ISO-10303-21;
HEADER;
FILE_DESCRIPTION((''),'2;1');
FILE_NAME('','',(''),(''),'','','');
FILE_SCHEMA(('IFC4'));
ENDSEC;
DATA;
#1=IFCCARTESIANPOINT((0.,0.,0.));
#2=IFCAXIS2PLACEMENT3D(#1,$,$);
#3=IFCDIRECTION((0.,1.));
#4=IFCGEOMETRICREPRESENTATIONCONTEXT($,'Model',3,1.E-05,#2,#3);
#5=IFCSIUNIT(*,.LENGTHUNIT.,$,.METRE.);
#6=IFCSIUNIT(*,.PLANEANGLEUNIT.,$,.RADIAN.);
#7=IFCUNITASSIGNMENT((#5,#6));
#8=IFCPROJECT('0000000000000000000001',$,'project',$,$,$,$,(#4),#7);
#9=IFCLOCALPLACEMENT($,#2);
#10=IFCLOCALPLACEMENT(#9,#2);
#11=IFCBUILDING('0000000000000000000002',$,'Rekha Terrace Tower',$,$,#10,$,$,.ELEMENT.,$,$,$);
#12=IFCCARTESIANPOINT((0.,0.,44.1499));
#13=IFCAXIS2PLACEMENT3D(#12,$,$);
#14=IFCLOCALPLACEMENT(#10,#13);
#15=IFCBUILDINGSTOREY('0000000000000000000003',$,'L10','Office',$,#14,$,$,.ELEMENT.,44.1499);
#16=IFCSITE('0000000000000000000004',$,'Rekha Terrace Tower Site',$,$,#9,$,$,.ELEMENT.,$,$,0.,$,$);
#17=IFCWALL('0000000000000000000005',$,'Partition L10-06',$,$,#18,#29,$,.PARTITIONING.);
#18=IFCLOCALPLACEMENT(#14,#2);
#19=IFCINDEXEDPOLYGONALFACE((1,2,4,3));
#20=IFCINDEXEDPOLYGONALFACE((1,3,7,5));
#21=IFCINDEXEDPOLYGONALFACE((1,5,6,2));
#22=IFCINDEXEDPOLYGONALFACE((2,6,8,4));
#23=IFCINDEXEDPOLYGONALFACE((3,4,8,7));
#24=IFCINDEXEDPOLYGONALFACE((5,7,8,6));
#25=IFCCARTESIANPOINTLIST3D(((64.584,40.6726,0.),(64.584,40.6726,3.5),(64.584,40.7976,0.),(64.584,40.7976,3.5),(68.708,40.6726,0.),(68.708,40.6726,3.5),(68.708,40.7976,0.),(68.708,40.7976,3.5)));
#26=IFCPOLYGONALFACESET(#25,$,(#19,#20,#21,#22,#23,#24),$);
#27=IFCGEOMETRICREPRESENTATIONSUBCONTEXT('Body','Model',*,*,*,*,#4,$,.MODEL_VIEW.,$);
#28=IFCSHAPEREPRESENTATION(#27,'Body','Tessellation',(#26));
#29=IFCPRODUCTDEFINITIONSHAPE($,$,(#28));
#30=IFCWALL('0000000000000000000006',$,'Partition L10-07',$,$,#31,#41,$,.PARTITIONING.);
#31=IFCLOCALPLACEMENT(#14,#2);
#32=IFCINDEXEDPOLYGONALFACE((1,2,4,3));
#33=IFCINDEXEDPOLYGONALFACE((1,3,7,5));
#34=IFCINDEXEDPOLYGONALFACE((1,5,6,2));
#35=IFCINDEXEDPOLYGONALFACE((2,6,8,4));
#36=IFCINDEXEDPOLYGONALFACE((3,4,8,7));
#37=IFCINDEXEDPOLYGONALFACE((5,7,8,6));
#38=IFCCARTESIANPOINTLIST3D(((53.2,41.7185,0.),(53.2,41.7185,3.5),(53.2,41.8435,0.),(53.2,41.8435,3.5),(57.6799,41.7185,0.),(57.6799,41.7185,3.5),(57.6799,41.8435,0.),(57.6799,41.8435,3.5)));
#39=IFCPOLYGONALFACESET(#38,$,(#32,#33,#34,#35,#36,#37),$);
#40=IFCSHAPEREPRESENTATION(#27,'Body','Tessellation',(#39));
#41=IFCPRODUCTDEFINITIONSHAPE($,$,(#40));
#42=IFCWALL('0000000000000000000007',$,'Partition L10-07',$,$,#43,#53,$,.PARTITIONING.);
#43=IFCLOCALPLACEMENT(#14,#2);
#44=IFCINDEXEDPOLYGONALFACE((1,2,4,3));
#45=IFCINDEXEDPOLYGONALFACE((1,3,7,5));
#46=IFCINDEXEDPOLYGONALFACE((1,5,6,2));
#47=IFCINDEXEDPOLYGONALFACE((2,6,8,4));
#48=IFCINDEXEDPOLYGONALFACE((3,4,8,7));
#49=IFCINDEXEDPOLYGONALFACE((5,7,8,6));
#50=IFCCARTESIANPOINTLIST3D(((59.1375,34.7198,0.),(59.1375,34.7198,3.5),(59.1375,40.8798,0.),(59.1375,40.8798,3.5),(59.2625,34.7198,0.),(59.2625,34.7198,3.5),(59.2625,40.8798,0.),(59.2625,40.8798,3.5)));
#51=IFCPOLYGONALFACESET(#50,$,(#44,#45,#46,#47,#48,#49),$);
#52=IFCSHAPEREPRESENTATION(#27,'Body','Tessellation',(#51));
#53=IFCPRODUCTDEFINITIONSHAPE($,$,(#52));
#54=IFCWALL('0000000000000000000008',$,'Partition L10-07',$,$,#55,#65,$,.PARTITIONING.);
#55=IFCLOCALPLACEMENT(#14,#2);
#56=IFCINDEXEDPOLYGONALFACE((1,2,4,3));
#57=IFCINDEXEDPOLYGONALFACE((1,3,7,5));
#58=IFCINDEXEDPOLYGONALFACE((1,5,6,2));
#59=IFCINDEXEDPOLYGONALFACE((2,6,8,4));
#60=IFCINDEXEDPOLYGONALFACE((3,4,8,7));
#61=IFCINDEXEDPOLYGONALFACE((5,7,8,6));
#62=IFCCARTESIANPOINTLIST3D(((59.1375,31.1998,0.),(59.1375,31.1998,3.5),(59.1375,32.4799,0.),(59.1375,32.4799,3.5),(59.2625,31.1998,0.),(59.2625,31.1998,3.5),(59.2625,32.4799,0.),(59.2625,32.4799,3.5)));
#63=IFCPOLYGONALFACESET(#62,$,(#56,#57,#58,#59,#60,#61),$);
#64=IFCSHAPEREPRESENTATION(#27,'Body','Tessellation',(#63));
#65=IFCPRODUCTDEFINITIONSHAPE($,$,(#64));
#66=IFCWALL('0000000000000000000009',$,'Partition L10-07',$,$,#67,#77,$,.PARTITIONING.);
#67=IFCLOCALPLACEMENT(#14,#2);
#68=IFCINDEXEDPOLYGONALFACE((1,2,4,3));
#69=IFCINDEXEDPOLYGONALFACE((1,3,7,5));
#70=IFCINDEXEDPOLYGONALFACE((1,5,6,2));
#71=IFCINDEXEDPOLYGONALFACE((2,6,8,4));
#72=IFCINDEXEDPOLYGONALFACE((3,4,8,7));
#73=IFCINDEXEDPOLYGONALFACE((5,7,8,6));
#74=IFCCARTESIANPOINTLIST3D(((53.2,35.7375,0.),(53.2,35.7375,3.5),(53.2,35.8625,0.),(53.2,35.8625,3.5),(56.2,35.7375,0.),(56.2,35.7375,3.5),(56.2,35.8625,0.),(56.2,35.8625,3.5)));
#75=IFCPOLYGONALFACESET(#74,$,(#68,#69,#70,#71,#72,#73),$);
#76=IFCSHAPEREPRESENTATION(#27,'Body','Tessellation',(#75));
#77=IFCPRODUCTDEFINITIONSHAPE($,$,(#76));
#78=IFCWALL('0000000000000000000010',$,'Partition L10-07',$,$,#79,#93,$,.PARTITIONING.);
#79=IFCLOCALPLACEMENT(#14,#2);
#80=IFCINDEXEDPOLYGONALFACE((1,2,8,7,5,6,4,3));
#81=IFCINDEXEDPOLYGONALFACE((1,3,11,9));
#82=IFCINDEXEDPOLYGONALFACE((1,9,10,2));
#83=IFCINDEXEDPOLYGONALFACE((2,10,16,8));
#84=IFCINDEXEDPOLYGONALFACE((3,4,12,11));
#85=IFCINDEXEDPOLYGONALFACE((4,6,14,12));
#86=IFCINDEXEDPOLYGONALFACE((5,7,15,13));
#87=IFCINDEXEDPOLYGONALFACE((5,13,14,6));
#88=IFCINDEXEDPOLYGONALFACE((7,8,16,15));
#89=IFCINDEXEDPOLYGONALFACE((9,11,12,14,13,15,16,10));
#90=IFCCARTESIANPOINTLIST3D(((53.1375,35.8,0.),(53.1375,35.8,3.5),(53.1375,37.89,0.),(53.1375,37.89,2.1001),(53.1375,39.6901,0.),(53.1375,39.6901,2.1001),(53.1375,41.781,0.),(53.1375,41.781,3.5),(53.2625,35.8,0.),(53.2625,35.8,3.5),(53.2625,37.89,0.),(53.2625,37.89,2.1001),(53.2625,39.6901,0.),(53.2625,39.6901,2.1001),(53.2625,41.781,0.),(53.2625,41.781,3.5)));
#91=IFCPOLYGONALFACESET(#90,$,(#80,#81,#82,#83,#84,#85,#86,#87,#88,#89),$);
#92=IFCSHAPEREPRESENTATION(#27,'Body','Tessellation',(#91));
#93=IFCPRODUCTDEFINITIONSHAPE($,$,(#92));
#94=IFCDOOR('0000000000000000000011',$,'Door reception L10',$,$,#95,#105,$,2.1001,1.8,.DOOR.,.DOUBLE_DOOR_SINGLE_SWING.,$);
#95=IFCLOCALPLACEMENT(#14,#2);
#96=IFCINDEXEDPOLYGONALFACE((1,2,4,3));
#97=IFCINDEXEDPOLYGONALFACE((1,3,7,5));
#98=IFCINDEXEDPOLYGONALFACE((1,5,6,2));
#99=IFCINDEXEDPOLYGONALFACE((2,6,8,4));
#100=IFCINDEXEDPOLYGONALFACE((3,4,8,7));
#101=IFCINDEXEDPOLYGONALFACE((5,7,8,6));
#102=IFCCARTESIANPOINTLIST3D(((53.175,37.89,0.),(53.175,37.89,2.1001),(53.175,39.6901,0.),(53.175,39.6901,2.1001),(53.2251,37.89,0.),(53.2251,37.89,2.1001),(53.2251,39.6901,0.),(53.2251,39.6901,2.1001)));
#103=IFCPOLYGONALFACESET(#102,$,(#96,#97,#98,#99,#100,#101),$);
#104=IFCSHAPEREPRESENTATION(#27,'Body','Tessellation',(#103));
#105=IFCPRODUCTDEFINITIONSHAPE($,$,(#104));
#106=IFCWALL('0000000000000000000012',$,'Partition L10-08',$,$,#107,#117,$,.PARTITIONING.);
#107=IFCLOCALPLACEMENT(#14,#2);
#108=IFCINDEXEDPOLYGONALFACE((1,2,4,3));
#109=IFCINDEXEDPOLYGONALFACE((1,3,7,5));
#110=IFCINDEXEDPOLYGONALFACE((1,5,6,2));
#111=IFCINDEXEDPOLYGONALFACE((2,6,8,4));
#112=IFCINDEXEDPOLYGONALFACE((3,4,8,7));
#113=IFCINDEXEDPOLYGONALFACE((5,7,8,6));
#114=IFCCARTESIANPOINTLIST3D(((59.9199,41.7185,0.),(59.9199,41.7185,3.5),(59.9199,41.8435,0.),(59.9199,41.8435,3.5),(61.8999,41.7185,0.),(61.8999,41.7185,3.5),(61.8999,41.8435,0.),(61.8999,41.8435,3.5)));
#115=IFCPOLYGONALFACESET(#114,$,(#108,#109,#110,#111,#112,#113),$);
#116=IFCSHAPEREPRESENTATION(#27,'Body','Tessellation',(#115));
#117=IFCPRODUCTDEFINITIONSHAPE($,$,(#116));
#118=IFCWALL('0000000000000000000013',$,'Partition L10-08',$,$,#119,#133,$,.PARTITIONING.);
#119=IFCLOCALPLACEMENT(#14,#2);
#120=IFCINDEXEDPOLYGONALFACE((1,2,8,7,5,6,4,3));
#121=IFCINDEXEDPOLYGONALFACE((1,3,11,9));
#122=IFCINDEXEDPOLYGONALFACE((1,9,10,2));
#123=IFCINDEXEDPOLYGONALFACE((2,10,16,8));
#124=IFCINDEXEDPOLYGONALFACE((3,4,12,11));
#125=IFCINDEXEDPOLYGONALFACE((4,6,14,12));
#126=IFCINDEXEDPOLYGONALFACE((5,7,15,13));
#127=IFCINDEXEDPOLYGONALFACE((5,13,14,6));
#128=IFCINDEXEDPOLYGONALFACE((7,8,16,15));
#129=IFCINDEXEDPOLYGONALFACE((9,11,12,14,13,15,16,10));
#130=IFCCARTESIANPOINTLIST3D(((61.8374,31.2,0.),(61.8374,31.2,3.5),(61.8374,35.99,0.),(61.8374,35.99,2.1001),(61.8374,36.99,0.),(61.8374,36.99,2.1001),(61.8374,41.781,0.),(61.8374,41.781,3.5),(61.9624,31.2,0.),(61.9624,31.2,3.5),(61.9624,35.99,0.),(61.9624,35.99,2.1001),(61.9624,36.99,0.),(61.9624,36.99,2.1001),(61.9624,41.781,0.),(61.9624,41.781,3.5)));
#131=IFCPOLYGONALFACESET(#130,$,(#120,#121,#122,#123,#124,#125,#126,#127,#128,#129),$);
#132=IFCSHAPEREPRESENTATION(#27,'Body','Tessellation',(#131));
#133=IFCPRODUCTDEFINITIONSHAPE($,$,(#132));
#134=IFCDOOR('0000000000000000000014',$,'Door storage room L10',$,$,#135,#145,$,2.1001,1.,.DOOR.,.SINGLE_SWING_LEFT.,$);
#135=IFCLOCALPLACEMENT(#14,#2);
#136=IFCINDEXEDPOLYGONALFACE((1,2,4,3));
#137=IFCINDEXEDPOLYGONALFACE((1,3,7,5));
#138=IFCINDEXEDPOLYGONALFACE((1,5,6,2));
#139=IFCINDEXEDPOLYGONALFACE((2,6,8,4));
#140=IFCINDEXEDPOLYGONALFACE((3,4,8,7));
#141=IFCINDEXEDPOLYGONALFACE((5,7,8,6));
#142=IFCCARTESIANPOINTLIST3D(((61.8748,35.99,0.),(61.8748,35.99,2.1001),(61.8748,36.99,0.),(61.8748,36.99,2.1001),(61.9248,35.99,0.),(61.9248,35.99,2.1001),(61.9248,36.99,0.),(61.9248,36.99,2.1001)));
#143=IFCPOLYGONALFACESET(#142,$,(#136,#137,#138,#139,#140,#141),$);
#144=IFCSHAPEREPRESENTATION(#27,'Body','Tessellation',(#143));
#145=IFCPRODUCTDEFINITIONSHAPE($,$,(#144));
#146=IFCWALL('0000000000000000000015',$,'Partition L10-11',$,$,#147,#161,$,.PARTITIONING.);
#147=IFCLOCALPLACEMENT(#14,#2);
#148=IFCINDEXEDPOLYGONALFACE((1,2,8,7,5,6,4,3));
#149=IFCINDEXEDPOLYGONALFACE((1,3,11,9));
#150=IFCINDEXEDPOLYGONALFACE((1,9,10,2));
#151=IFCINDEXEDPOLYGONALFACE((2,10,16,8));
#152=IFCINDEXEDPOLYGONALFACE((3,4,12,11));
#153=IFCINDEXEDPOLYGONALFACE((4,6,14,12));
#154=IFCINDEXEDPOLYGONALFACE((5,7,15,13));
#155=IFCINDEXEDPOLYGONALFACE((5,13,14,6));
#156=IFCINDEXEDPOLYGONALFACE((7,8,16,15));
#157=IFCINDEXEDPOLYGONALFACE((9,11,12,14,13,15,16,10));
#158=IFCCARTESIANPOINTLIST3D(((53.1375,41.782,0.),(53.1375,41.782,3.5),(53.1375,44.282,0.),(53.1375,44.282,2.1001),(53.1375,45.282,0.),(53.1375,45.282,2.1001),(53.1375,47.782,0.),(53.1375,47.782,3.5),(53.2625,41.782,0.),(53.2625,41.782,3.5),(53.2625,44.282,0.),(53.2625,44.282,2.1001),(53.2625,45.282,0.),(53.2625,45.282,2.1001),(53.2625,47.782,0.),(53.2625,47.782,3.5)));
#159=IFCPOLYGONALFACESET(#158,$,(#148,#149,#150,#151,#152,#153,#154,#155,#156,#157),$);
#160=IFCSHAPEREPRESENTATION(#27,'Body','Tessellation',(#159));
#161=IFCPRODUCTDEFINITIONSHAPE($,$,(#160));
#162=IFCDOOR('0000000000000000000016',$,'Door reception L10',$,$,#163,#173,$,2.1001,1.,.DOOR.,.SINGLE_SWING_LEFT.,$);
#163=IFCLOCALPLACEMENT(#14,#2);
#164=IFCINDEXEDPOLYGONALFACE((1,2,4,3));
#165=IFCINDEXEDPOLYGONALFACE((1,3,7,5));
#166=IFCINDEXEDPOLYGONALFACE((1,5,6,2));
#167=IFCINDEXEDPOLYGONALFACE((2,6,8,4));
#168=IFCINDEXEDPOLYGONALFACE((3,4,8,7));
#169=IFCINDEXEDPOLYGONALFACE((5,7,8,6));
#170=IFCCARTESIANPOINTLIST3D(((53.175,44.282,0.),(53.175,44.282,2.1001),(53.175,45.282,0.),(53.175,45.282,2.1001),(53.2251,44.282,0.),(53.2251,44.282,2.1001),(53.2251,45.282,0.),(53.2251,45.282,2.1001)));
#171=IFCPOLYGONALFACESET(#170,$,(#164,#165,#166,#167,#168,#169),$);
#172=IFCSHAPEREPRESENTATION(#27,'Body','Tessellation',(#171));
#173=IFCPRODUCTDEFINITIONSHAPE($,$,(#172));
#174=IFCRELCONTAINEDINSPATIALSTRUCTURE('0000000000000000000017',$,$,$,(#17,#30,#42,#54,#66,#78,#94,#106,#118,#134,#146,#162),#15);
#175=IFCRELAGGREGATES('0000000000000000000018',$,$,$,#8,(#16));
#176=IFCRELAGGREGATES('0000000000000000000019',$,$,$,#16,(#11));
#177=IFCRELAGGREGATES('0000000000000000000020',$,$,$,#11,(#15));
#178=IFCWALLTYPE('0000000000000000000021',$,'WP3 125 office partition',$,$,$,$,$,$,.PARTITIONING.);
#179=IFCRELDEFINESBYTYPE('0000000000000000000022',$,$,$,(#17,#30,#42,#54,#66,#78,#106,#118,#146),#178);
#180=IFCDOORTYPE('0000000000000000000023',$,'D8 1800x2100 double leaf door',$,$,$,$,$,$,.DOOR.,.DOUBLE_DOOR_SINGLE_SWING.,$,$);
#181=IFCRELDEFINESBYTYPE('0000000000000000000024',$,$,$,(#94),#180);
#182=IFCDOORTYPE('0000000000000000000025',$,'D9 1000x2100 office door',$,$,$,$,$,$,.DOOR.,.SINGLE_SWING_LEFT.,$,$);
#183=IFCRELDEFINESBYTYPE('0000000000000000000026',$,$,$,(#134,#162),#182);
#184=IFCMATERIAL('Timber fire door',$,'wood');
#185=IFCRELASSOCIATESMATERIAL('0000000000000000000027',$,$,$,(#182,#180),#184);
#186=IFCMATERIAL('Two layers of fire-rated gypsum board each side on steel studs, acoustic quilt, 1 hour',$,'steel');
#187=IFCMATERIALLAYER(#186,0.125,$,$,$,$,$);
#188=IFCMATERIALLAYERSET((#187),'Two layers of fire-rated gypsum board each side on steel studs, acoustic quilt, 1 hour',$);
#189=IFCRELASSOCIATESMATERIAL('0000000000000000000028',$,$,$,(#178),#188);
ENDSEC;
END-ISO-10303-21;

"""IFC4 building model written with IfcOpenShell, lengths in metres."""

from ifc_helpers import new_model, si_unit, direction, frame, frame_2d, origin, place, context, subcontext, project, spatial, rectangle, extrude, material, layer, layer_set, type_object, element, fill, save


model = new_model("IFC4")

# Units and contexts
model_context = context("Model", 3, precision=1e-05, world=origin(), true_north=direction((0.0, 1.0)))
body_context = subcontext(model_context, "Body", "Model", "MODEL_VIEW")
ifc_project = project(units=[si_unit("LENGTHUNIT", "METRE"), si_unit("PLANEANGLEUNIT", "RADIAN")], contexts=[model_context])

# Site, building, storey
site_placement = place(None, origin())
site = spatial("IfcSite", under=ifc_project, at=site_placement, Name="Rekha Terrace Tower Site", CompositionType="ELEMENT", RefElevation=0.0)
building_placement = place(site_placement, origin())
building = spatial("IfcBuilding", under=site, at=building_placement, Name="Rekha Terrace Tower", CompositionType="ELEMENT")
storey_placement = place(building_placement, frame((0.0, 0.0, 44.1499)))
storey = spatial("IfcBuildingStorey", under=building, at=storey_placement, Name="L10", Description="Office", CompositionType="ELEMENT", Elevation=44.1499)

# Shared definitions
ifc_material_1 = material(Name="Timber fire door", Category="wood")
door_type_1 = type_object("IfcDoorType", Name="D9 1000x2100 office door", OperationType="SINGLE_SWING_LEFT", PredefinedType="DOOR", material=ifc_material_1)

# Walls
ifc_material_2 = material(Name="Two layers of fire-rated gypsum board each side on steel studs, acoustic quilt, 1 hour", Category="steel")
ifc_layer_1 = layer(ifc_material_2, 0.125)
ifc_layer_set_1 = layer_set([ifc_layer_1], Name="Two layers of fire-rated gypsum board each side on steel studs, acoustic quilt, 1 hour")
wall_type_1 = type_object("IfcWallType", Name="WP3 125 office partition", PredefinedType="PARTITIONING", material=ifc_layer_set_1)
wall_1_placement = place(storey_placement, frame((64.584, 40.7351, 0.0), z_axis=(0.0, 0.0, 1.0), x_axis=(1.0, 0.0, 0.0)))
element("IfcWall", 1, at=wall_1_placement, inside=storey, type_object=wall_type_1, Name="Partition L10-06", PredefinedType="PARTITIONING", context=body_context, shape_type="SweptSolid", body=[
    extrude(rectangle(XDim=4.124, YDim=0.125, at=frame_2d((2.062, 0.0))), origin(), (0.0, 0.0, 1.0), 3.5),
])
wall_2_placement = place(storey_placement, frame((53.2, 41.781, 0.0), z_axis=(0.0, 0.0, 1.0), x_axis=(1.0, 0.0, 0.0)))
element("IfcWall", 2, at=wall_2_placement, inside=storey, type_object=wall_type_1, Name="Partition L10-07", PredefinedType="PARTITIONING", context=body_context, shape_type="SweptSolid", body=[
    extrude(rectangle(XDim=4.48, YDim=0.125, at=frame_2d((2.24, 0.0))), origin(), (0.0, 0.0, 1.0), 3.5),
])
wall_3_placement = place(storey_placement, frame((59.2, 40.8799, 0.0), z_axis=(0.0, 0.0, 1.0), x_axis=(0.0, -1.0, 0.0)))
element("IfcWall", 3, at=wall_3_placement, inside=storey, type_object=wall_type_1, Name="Partition L10-07", PredefinedType="PARTITIONING", context=body_context, shape_type="SweptSolid", body=[
    extrude(rectangle(XDim=6.1599, YDim=0.125, at=frame_2d((3.0801, 0.0))), origin(), (0.0, 0.0, 1.0), 3.5),
])
wall_4_placement = place(storey_placement, frame((59.2, 32.48, 0.0), z_axis=(0.0, 0.0, 1.0), x_axis=(0.0, -1.0, 0.0)))
element("IfcWall", 4, at=wall_4_placement, inside=storey, type_object=wall_type_1, Name="Partition L10-07", PredefinedType="PARTITIONING", context=body_context, shape_type="SweptSolid", body=[
    extrude(rectangle(XDim=1.28, YDim=0.125, at=frame_2d((0.6401, 0.0))), origin(), (0.0, 0.0, 1.0), 3.5),
])
wall_5_placement = place(storey_placement, frame((56.2, 35.8, 0.0), z_axis=(0.0, 0.0, 1.0), x_axis=(-1.0, 0.0, 0.0)))
element("IfcWall", 5, at=wall_5_placement, inside=storey, type_object=wall_type_1, Name="Partition L10-07", PredefinedType="PARTITIONING", context=body_context, shape_type="SweptSolid", body=[
    extrude(rectangle(XDim=3.0, YDim=0.125, at=frame_2d((1.5, 0.0))), origin(), (0.0, 0.0, 1.0), 3.5),
])

# Wall, opening, door
wall_6_placement = place(storey_placement, frame((53.2, 35.8, 0.0), z_axis=(0.0, 0.0, 1.0), x_axis=(0.0, 1.0, 0.0)))
wall_6 = element("IfcWall", 6, at=wall_6_placement, inside=storey, type_object=wall_type_1, Name="Partition L10-07", PredefinedType="PARTITIONING", context=body_context, shape_type="SweptSolid", body=[
    extrude(rectangle(XDim=5.981, YDim=0.125, at=frame_2d((2.9905, 0.0))), origin(), (0.0, 0.0, 1.0), 3.5),
])
opening_1_placement = place(wall_6_placement, frame((2.0901, 0.0, 0.0)))
opening_1 = element("IfcOpeningElement", 7, at=opening_1_placement, cuts=wall_6, PredefinedType="OPENING", context=body_context, shape_type="SweptSolid", body=[
    extrude(rectangle(XDim=1.8, YDim=2.1001, at=frame_2d((0.8999, 1.05))), frame((0.0, 0.0725, 0.0), z_axis=(0.0, -1.0, 0.0), x_axis=(1.0, 0.0, 0.0)), (0.0, 0.0, 1.0), 0.145),
])
door_type_2 = type_object("IfcDoorType", Name="D8 1800x2100 double leaf door", OperationType="DOUBLE_DOOR_SINGLE_SWING", PredefinedType="DOOR", material=ifc_material_1)
door_1_placement = place(opening_1_placement, origin())
door_1 = element("IfcDoor", 8, at=door_1_placement, inside=storey, type_object=door_type_2, Name="Door reception L10", OperationType="DOUBLE_DOOR_SINGLE_SWING", OverallHeight=2.1001, OverallWidth=1.8, PredefinedType="DOOR", context=body_context, shape_type="SweptSolid", body=[
    extrude(rectangle(XDim=1.8, YDim=2.1001, at=frame_2d((0.8999, 1.05))), frame((0.0, 0.0249, 0.0), z_axis=(0.0, -1.0, 0.0), x_axis=(1.0, 0.0, 0.0)), (0.0, 0.0, 1.0), 0.05),
])
fill(opening_1, door_1)

# Wall
wall_7_placement = place(storey_placement, frame((59.9199, 41.781, 0.0), z_axis=(0.0, 0.0, 1.0), x_axis=(1.0, 0.0, 0.0)))
element("IfcWall", 9, at=wall_7_placement, inside=storey, type_object=wall_type_1, Name="Partition L10-08", PredefinedType="PARTITIONING", context=body_context, shape_type="SweptSolid", body=[
    extrude(rectangle(XDim=1.98, YDim=0.125, at=frame_2d((0.99, 0.0))), origin(), (0.0, 0.0, 1.0), 3.5),
])

# Walls, openings, doors
wall_8_placement = place(storey_placement, frame((61.8999, 41.781, 0.0), z_axis=(0.0, 0.0, 1.0), x_axis=(0.0, -1.0, 0.0)))
wall_8 = element("IfcWall", 10, at=wall_8_placement, inside=storey, type_object=wall_type_1, Name="Partition L10-08", PredefinedType="PARTITIONING", context=body_context, shape_type="SweptSolid", body=[
    extrude(rectangle(XDim=10.5811, YDim=0.125, at=frame_2d((5.2905, 0.0))), origin(), (0.0, 0.0, 1.0), 3.5),
])
opening_2_placement = place(wall_8_placement, frame((4.791, 0.0, 0.0)))
opening_2 = element("IfcOpeningElement", 11, at=opening_2_placement, cuts=wall_8, PredefinedType="OPENING", context=body_context, shape_type="SweptSolid", body=[
    extrude(rectangle(XDim=1.0, YDim=2.1001, at=frame_2d((0.5, 1.05))), frame((0.0, 0.0725, 0.0), z_axis=(0.0, -1.0, 0.0), x_axis=(1.0, 0.0, 0.0)), (0.0, 0.0, 1.0), 0.145),
])
door_2_placement = place(opening_2_placement, origin())
door_2 = element("IfcDoor", 12, at=door_2_placement, inside=storey, type_object=door_type_1, Name="Door storage room L10", OperationType="SINGLE_SWING_LEFT", OverallHeight=2.1001, OverallWidth=1.0, PredefinedType="DOOR", context=body_context, shape_type="SweptSolid", body=[
    extrude(rectangle(XDim=1.0, YDim=2.1001, at=frame_2d((0.5, 1.05))), frame((0.0, 0.0249, 0.0), z_axis=(0.0, -1.0, 0.0), x_axis=(1.0, 0.0, 0.0)), (0.0, 0.0, 1.0), 0.05),
])
fill(opening_2, door_2)
wall_9_placement = place(storey_placement, frame((53.2, 41.782, 0.0), z_axis=(0.0, 0.0, 1.0), x_axis=(0.0, 1.0, 0.0)))
wall_9 = element("IfcWall", 13, at=wall_9_placement, inside=storey, type_object=wall_type_1, Name="Partition L10-11", PredefinedType="PARTITIONING", context=body_context, shape_type="SweptSolid", body=[
    extrude(rectangle(XDim=6.0, YDim=0.125, at=frame_2d((3.0, 0.0))), origin(), (0.0, 0.0, 1.0), 3.5),
])
opening_3_placement = place(wall_9_placement, frame((2.5, 0.0, 0.0)))
opening_3 = element("IfcOpeningElement", 14, at=opening_3_placement, cuts=wall_9, PredefinedType="OPENING", context=body_context, shape_type="SweptSolid", body=[
    extrude(rectangle(XDim=1.0, YDim=2.1001, at=frame_2d((0.5, 1.05))), frame((0.0, 0.0725, 0.0), z_axis=(0.0, -1.0, 0.0), x_axis=(1.0, 0.0, 0.0)), (0.0, 0.0, 1.0), 0.145),
])
door_3_placement = place(opening_3_placement, origin())
door_3 = element("IfcDoor", 15, at=door_3_placement, inside=storey, type_object=door_type_1, Name="Door reception L10", OperationType="SINGLE_SWING_LEFT", OverallHeight=2.1001, OverallWidth=1.0, PredefinedType="DOOR", context=body_context, shape_type="SweptSolid", body=[
    extrude(rectangle(XDim=1.0, YDim=2.1001, at=frame_2d((0.5, 1.05))), frame((0.0, 0.0249, 0.0), z_axis=(0.0, -1.0, 0.0), x_axis=(1.0, 0.0, 0.0)), (0.0, 0.0, 1.0), 0.05),
])
fill(opening_3, door_3)

save(model, "model.ifc")
